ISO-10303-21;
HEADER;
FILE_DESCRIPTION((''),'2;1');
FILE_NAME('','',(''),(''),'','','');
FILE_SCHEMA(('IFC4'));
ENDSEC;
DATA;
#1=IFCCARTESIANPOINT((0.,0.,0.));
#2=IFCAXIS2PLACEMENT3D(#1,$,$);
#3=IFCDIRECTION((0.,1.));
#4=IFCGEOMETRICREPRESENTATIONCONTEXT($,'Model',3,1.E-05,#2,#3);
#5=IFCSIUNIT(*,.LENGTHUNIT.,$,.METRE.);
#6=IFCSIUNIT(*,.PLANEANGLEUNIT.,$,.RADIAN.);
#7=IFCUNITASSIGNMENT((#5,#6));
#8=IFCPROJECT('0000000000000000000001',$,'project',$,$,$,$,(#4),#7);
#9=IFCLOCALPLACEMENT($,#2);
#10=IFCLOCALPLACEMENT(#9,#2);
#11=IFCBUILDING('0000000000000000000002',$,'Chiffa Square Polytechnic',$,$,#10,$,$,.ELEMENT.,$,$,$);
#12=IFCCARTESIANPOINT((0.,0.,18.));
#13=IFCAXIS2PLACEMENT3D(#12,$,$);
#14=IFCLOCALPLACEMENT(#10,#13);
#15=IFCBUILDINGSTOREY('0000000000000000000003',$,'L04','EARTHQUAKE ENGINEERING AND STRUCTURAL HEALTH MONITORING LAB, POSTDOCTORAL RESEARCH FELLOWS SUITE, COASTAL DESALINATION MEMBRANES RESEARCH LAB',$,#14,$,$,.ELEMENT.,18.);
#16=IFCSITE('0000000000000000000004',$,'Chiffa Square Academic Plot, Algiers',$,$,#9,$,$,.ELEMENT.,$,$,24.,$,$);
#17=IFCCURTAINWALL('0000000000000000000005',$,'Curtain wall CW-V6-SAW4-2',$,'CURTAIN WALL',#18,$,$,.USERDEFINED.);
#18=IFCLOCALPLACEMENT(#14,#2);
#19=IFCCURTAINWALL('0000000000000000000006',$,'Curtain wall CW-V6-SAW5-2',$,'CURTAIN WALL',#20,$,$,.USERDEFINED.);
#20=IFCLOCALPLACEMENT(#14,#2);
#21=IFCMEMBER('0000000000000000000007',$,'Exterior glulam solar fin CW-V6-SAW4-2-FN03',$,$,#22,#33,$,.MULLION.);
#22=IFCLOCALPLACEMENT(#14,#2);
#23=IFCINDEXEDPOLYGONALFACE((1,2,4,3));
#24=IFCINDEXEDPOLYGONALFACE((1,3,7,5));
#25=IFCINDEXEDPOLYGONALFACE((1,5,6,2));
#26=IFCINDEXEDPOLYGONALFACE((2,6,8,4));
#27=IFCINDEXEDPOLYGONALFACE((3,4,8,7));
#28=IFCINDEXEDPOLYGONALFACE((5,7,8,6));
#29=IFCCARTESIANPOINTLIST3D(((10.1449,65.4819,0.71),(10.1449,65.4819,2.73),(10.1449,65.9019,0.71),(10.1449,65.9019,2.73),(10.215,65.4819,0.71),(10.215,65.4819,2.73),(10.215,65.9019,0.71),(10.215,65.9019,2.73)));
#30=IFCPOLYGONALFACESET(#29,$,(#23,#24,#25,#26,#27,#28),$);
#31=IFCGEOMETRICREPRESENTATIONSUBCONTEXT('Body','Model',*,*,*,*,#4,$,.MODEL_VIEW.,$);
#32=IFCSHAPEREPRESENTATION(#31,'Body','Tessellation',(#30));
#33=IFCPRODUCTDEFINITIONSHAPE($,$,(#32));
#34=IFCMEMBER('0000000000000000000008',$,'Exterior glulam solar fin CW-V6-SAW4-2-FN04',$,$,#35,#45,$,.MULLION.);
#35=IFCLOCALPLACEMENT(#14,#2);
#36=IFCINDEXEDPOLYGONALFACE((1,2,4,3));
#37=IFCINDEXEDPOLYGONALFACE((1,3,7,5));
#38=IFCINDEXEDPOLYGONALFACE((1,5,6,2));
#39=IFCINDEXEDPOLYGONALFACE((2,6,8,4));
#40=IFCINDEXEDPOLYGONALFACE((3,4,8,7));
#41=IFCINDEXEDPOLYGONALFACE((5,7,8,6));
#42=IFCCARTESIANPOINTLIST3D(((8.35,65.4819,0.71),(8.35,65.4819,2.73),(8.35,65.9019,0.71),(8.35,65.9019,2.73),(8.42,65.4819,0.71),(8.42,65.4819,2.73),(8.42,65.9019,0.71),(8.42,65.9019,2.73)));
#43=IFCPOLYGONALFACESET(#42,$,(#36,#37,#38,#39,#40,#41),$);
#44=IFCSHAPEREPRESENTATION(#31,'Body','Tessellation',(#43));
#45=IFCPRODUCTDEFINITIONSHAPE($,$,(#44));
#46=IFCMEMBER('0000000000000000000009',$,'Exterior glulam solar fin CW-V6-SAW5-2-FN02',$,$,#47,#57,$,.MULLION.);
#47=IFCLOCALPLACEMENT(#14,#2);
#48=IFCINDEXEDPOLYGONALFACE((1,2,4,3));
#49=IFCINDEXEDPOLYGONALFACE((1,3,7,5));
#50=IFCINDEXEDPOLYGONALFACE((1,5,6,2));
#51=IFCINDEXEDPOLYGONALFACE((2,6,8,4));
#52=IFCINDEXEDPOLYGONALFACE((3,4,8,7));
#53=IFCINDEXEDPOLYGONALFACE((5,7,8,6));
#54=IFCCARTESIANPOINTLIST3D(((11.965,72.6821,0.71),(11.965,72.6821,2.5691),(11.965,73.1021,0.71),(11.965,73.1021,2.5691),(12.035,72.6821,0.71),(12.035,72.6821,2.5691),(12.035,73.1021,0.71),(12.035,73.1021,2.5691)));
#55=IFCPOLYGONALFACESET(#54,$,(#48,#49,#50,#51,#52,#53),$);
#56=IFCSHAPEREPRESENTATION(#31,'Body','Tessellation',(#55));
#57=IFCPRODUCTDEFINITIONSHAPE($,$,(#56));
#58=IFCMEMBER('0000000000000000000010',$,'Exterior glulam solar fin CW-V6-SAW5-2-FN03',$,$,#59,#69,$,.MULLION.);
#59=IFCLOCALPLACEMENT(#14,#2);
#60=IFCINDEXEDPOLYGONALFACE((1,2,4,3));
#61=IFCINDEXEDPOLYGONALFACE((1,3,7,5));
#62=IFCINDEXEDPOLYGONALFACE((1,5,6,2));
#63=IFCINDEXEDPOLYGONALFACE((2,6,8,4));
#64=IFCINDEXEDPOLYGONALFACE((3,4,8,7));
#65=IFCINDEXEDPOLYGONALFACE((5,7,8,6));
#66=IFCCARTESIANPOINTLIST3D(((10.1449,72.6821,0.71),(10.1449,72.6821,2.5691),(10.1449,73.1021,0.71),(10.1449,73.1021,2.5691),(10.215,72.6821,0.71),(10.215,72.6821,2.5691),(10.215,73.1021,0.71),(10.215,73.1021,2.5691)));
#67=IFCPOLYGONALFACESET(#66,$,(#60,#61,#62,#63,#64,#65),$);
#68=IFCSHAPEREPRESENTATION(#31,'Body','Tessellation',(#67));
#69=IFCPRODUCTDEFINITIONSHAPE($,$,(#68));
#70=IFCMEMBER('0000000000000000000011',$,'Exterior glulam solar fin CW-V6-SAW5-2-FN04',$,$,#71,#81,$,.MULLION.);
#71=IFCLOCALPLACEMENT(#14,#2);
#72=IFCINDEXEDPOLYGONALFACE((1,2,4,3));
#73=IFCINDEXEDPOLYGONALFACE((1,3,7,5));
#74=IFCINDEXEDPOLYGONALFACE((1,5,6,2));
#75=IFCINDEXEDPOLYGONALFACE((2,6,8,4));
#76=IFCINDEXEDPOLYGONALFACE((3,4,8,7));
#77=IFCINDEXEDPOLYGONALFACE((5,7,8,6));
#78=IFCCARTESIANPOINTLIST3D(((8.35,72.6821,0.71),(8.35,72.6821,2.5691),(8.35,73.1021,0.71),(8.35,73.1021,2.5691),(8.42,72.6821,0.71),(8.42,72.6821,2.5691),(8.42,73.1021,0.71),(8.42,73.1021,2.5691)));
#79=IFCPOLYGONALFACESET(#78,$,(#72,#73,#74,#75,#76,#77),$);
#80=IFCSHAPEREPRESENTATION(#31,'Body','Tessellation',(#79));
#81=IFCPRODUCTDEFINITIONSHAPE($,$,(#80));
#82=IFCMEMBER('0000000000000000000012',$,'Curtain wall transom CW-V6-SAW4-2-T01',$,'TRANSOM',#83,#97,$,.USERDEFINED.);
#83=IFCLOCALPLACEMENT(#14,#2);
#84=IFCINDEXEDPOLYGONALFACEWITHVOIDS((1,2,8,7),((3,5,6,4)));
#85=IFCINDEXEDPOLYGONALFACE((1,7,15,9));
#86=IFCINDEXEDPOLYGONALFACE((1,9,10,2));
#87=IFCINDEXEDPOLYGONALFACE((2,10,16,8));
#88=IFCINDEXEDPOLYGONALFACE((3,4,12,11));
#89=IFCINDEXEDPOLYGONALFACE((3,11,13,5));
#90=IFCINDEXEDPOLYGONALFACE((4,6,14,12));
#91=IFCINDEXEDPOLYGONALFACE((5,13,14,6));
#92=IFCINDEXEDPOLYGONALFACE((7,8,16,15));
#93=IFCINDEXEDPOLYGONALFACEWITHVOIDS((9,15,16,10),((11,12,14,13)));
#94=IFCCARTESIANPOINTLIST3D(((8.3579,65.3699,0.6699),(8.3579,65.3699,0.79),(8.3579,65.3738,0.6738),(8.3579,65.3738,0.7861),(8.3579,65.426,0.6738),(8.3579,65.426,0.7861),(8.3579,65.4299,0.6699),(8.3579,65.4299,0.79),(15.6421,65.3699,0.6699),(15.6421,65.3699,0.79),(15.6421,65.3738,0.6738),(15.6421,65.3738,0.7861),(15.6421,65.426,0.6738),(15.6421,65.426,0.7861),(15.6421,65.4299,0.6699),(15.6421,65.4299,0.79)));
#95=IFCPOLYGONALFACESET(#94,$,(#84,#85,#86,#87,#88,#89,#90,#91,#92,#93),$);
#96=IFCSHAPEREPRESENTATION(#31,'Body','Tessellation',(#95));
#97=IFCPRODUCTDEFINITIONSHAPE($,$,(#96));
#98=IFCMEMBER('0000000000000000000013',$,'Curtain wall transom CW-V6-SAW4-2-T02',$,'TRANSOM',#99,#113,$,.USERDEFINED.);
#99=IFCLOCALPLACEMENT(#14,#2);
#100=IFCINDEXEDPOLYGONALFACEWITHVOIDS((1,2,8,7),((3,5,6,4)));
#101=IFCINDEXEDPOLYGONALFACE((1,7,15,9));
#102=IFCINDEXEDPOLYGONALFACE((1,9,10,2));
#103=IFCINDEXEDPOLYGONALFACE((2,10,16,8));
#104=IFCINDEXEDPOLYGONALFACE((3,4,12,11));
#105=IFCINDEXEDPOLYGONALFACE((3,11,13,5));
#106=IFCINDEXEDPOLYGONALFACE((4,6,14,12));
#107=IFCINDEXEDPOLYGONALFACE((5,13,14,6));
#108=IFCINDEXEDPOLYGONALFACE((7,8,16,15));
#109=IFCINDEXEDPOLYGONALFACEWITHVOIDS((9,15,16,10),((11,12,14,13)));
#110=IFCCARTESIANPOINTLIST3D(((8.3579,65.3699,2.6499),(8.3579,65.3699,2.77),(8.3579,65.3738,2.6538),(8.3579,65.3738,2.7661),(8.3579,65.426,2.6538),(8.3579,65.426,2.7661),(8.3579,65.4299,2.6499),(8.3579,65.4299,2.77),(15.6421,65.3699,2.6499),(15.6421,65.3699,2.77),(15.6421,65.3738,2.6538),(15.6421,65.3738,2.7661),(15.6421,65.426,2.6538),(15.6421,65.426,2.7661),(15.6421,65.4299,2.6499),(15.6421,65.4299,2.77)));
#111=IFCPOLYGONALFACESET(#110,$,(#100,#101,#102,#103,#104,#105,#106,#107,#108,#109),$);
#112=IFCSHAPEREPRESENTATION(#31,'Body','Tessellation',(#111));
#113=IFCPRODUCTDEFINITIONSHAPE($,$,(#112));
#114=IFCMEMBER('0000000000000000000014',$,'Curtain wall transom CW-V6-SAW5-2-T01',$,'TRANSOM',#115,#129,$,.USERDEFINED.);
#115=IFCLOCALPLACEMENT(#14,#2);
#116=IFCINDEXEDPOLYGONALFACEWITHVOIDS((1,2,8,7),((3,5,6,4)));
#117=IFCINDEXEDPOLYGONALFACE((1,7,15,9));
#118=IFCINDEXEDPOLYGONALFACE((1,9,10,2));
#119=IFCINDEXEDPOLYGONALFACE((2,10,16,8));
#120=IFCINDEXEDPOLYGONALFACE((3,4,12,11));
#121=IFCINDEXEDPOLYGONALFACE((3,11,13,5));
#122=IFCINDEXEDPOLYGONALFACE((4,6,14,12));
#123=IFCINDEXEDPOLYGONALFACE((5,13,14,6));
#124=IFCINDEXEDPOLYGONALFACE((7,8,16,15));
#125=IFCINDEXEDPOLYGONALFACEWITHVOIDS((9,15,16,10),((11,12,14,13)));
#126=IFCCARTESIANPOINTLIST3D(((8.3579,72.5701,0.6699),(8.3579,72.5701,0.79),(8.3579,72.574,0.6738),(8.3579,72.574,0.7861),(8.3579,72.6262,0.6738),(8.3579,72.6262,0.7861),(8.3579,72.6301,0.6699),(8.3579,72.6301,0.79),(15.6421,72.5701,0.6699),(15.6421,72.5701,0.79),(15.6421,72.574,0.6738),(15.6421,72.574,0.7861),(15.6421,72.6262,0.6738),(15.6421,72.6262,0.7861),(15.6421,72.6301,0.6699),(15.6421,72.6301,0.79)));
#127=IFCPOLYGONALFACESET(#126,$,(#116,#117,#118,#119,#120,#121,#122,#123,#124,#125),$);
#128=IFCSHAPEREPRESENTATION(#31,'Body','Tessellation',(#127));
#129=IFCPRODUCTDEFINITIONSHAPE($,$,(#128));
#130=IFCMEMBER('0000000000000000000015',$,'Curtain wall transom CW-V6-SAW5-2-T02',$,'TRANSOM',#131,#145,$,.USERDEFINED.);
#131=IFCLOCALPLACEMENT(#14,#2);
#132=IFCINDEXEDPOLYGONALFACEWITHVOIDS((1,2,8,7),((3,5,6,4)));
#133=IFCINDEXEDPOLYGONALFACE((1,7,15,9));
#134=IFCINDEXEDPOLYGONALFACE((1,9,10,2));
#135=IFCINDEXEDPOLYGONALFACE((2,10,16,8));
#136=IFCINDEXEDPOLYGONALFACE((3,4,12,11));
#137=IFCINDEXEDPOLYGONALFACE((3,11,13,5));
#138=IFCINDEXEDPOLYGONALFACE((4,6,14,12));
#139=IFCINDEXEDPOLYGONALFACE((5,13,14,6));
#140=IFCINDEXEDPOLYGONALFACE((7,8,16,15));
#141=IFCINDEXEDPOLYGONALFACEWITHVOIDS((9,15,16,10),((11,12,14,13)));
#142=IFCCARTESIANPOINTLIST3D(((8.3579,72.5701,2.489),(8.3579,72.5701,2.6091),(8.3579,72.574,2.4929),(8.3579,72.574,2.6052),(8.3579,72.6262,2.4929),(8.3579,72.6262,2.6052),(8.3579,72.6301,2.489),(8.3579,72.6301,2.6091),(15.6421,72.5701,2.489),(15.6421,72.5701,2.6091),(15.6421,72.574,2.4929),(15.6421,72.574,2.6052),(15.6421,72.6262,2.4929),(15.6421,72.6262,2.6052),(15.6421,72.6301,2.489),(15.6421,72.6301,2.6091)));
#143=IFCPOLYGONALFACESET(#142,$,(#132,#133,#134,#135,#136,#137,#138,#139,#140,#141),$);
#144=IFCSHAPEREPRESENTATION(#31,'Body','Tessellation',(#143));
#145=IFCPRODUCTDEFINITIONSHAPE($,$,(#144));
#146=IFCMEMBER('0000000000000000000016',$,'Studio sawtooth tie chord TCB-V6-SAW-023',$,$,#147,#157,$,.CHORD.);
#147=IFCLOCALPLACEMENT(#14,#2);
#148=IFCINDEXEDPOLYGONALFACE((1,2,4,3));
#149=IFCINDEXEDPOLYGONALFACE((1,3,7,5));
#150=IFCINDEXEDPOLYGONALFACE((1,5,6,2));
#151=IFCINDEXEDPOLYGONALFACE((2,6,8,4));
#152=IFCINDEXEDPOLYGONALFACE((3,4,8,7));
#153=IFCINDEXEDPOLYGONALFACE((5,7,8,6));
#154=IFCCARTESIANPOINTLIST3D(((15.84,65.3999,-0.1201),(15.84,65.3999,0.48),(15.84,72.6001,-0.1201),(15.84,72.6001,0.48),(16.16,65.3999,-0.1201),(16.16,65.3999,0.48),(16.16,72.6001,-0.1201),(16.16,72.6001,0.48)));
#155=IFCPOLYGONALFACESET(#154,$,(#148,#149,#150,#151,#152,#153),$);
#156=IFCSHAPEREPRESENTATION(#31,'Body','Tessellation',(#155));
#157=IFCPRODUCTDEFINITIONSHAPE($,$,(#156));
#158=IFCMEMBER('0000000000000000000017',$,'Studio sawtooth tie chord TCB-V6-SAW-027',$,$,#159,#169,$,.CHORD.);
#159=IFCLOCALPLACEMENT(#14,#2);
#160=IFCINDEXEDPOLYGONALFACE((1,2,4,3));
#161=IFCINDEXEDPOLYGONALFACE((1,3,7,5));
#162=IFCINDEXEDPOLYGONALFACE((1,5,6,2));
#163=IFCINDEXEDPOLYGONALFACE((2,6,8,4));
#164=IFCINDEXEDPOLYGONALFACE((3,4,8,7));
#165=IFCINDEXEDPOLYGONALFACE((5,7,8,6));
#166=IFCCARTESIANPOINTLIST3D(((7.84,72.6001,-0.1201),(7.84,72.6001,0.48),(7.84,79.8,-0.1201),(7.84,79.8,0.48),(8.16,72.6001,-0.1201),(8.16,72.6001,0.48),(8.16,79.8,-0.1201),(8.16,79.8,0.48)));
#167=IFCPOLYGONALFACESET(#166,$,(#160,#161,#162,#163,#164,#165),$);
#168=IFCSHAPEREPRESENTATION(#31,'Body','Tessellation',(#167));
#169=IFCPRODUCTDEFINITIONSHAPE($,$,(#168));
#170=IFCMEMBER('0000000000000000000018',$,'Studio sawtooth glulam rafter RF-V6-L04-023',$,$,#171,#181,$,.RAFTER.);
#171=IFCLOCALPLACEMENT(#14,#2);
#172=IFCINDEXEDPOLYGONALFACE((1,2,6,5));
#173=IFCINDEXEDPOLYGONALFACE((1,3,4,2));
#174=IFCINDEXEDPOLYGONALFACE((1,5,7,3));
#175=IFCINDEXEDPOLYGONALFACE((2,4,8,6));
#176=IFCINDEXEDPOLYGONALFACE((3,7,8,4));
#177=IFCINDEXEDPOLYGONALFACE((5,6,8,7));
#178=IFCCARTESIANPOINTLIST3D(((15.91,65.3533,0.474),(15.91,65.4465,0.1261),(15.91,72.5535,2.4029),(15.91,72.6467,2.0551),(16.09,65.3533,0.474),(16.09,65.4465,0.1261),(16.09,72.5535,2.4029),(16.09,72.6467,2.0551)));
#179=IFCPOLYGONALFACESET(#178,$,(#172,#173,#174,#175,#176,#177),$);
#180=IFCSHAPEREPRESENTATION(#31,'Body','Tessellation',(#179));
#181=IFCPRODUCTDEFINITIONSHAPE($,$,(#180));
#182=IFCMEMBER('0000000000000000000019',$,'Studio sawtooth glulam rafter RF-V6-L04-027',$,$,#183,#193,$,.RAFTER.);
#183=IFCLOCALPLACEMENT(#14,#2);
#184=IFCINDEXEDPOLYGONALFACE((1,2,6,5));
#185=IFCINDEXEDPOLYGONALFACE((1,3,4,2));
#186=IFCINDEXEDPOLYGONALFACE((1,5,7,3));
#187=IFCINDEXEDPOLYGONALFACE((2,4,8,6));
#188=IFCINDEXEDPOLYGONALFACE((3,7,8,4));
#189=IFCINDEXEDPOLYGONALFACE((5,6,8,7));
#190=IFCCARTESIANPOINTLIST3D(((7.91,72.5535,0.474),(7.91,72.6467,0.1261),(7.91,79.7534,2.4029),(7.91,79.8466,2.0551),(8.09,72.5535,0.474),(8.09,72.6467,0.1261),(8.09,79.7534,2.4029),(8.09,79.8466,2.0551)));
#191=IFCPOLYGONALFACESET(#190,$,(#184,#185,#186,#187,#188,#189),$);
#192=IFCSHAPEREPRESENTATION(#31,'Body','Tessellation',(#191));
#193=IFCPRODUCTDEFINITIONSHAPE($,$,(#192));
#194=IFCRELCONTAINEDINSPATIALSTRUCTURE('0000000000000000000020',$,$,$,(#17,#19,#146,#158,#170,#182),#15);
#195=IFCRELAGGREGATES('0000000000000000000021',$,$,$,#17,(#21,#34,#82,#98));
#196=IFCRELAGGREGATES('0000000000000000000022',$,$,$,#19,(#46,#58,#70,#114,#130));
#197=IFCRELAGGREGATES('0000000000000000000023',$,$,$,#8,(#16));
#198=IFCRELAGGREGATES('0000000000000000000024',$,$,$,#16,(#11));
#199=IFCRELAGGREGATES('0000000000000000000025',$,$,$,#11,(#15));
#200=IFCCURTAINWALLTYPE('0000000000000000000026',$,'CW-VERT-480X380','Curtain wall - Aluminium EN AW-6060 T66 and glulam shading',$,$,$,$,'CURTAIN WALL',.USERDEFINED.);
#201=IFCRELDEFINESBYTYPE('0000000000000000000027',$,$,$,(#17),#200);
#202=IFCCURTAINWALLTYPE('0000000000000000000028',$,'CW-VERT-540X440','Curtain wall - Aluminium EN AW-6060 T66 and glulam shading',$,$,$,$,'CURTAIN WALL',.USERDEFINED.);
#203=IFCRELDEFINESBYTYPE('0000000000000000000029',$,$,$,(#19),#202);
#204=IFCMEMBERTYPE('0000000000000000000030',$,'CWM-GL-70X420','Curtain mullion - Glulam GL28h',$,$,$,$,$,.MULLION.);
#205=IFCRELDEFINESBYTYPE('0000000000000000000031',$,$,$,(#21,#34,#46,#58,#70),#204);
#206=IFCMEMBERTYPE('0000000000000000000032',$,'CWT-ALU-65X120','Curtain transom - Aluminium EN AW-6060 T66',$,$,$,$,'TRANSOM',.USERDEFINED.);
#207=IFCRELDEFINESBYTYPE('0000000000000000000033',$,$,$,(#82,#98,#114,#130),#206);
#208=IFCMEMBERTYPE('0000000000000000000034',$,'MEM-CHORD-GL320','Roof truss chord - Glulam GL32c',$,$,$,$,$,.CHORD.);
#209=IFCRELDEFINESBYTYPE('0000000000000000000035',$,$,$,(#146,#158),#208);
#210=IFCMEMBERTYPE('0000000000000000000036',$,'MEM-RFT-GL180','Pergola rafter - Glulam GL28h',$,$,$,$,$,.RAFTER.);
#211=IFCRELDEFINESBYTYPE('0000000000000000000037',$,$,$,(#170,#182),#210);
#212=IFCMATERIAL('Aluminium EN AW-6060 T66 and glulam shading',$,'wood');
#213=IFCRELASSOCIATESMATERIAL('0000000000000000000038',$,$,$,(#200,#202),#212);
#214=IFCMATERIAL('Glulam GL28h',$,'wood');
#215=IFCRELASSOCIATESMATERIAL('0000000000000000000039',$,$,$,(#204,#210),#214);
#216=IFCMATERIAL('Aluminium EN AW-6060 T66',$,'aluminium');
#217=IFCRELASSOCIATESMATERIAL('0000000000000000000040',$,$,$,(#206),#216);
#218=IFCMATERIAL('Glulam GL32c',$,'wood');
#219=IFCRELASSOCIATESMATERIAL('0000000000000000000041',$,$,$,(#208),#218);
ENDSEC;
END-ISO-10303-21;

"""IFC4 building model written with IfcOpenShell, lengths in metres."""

from ifc_helpers import new_model, si_unit, direction, frame, origin, origin_2d, place, context, subcontext, project, spatial, rectangle, hollow_rectangle, extrude, material, material_profile, profile_set, type_object, element, aggregate, save


model = new_model("IFC4")

# Units and contexts
model_context = context("Model", 3, precision=1e-05, world=origin(), true_north=direction((0.0, 1.0)))
body_context = subcontext(model_context, "Body", "Model", "MODEL_VIEW")
ifc_project = project(units=[si_unit("LENGTHUNIT", "METRE"), si_unit("PLANEANGLEUNIT", "RADIAN")], contexts=[model_context])

# Site, building, storey
site_placement = place(None, origin())
site = spatial("IfcSite", under=ifc_project, at=site_placement, Name="Chiffa Square Academic Plot, Algiers", CompositionType="ELEMENT", RefElevation=24.0)
building_placement = place(site_placement, origin())
building = spatial("IfcBuilding", under=site, at=building_placement, Name="Chiffa Square Polytechnic", CompositionType="ELEMENT")
storey_placement = place(building_placement, frame((0.0, 0.0, 18.0)))
storey = spatial("IfcBuildingStorey", under=building, at=storey_placement, Name="L04", Description="EARTHQUAKE ENGINEERING AND STRUCTURAL HEALTH MONITORING LAB, POSTDOCTORAL RESEARCH FELLOWS SUITE, COASTAL DESALINATION MEMBRANES RESEARCH LAB", CompositionType="ELEMENT", Elevation=18.0)

# Shared definitions
ifc_material_1 = material(Name="Glulam GL32c", Category="wood")

# Curtain walls
ifc_material_2 = material(Name="Aluminium EN AW-6060 T66 and glulam shading", Category="wood")
curtain_wall_type_1 = type_object("IfcCurtainWallType", Name="CW-VERT-480X380", Description="Curtain wall - Aluminium EN AW-6060 T66 and glulam shading", ElementType="CURTAIN WALL", PredefinedType="USERDEFINED", material=ifc_material_2)
curtain_wall_1_placement = place(storey_placement, origin())
curtain_wall_1 = element("IfcCurtainWall", 1, at=curtain_wall_1_placement, inside=storey, type_object=curtain_wall_type_1, Name="Curtain wall CW-V6-SAW4-2", ObjectType="CURTAIN WALL", PredefinedType="USERDEFINED")
ifc_material_3 = material(Name="Aluminium EN AW-6060 T66", Category="aluminium")
curtain_wall_type_2 = type_object("IfcCurtainWallType", Name="CW-VERT-540X440", Description="Curtain wall - Aluminium EN AW-6060 T66 and glulam shading", ElementType="CURTAIN WALL", PredefinedType="USERDEFINED", material=ifc_material_2)
curtain_wall_2_placement = place(storey_placement, origin())
curtain_wall_2 = element("IfcCurtainWall", 2, at=curtain_wall_2_placement, inside=storey, type_object=curtain_wall_type_2, Name="Curtain wall CW-V6-SAW5-2", ObjectType="CURTAIN WALL", PredefinedType="USERDEFINED")

# Members
ifc_material_4 = material(Name="Glulam GL28h", Category="wood")
ifc_material_profile_1 = material_profile(ifc_material_4, rectangle(XDim=0.0701, YDim=0.4199, at=origin_2d()), Name="GL28h 70x420")
ifc_profile_set_1 = profile_set([ifc_material_profile_1], Name="Glulam GL28h")
member_type_1 = type_object("IfcMemberType", Name="CWM-GL-70X420", Description="Curtain mullion - Glulam GL28h", PredefinedType="MULLION", material=ifc_profile_set_1)
member_1_placement = place(storey_placement, frame((10.1799, 65.6919, 0.71), z_axis=(0.0, 0.0, 1.0), x_axis=(-1.0, 0.0, 0.0)))
member_1 = element("IfcMember", 3, at=member_1_placement, type_object=member_type_1, Name="Exterior glulam solar fin CW-V6-SAW4-2-FN03", PredefinedType="MULLION", context=body_context, shape_type="SweptSolid", body=[
    extrude(rectangle(XDim=0.0701, YDim=0.4199, at=origin_2d()), origin(), (0.0, 0.0, 1.0), 2.02),
])
member_2_placement = place(storey_placement, frame((8.385, 65.6919, 0.71), z_axis=(0.0, 0.0, 1.0), x_axis=(-1.0, 0.0, 0.0)))
member_2 = element("IfcMember", 4, at=member_2_placement, type_object=member_type_1, Name="Exterior glulam solar fin CW-V6-SAW4-2-FN04", PredefinedType="MULLION", context=body_context, shape_type="SweptSolid", body=[
    extrude(rectangle(XDim=0.0701, YDim=0.4199, at=origin_2d()), origin(), (0.0, 0.0, 1.0), 2.02),
])
member_3_placement = place(storey_placement, frame((12.0, 72.8921, 0.71), z_axis=(0.0, 0.0, 1.0), x_axis=(-1.0, 0.0, 0.0)))
member_3 = element("IfcMember", 5, at=member_3_placement, type_object=member_type_1, Name="Exterior glulam solar fin CW-V6-SAW5-2-FN02", PredefinedType="MULLION", context=body_context, shape_type="SweptSolid", body=[
    extrude(rectangle(XDim=0.0701, YDim=0.4199, at=origin_2d()), origin(), (0.0, 0.0, 1.0), 1.8591),
])
member_4_placement = place(storey_placement, frame((10.1799, 72.8921, 0.71), z_axis=(0.0, 0.0, 1.0), x_axis=(-1.0, 0.0, 0.0)))
member_4 = element("IfcMember", 6, at=member_4_placement, type_object=member_type_1, Name="Exterior glulam solar fin CW-V6-SAW5-2-FN03", PredefinedType="MULLION", context=body_context, shape_type="SweptSolid", body=[
    extrude(rectangle(XDim=0.0701, YDim=0.4199, at=origin_2d()), origin(), (0.0, 0.0, 1.0), 1.8591),
])
member_5_placement = place(storey_placement, frame((8.385, 72.8921, 0.71), z_axis=(0.0, 0.0, 1.0), x_axis=(-1.0, 0.0, 0.0)))
member_5 = element("IfcMember", 7, at=member_5_placement, type_object=member_type_1, Name="Exterior glulam solar fin CW-V6-SAW5-2-FN04", PredefinedType="MULLION", context=body_context, shape_type="SweptSolid", body=[
    extrude(rectangle(XDim=0.0701, YDim=0.4199, at=origin_2d()), origin(), (0.0, 0.0, 1.0), 1.8591),
])
ifc_material_profile_2 = material_profile(ifc_material_3, hollow_rectangle(XDim=0.0601, YDim=0.1201, WallThickness=0.0039, at=origin_2d()), Name="ALU 60x120x4")
ifc_profile_set_2 = profile_set([ifc_material_profile_2], Name="Aluminium EN AW-6060 T66")
member_type_2 = type_object("IfcMemberType", Name="CWT-ALU-65X120", Description="Curtain transom - Aluminium EN AW-6060 T66", ElementType="TRANSOM", PredefinedType="USERDEFINED", material=ifc_profile_set_2)
member_6_placement = place(storey_placement, frame((15.6421, 65.3999, 0.73), z_axis=(-1.0, 0.0, 0.0), x_axis=(0.0, -1.0, 0.0)))
member_6 = element("IfcMember", 8, at=member_6_placement, type_object=member_type_2, Name="Curtain wall transom CW-V6-SAW4-2-T01", ObjectType="TRANSOM", PredefinedType="USERDEFINED", context=body_context, shape_type="SweptSolid", body=[
    extrude(hollow_rectangle(XDim=0.0601, YDim=0.1201, WallThickness=0.0039, at=origin_2d()), origin(), (0.0, 0.0, 1.0), 7.2842),
])
member_7_placement = place(storey_placement, frame((15.6421, 65.3999, 2.71), z_axis=(-1.0, 0.0, 0.0), x_axis=(0.0, -1.0, 0.0)))
member_7 = element("IfcMember", 9, at=member_7_placement, type_object=member_type_2, Name="Curtain wall transom CW-V6-SAW4-2-T02", ObjectType="TRANSOM", PredefinedType="USERDEFINED", context=body_context, shape_type="SweptSolid", body=[
    extrude(hollow_rectangle(XDim=0.0601, YDim=0.1201, WallThickness=0.0039, at=origin_2d()), origin(), (0.0, 0.0, 1.0), 7.2842),
])
member_8_placement = place(storey_placement, frame((15.6421, 72.6001, 0.73), z_axis=(-1.0, 0.0, 0.0), x_axis=(0.0, -1.0, 0.0)))
member_8 = element("IfcMember", 10, at=member_8_placement, type_object=member_type_2, Name="Curtain wall transom CW-V6-SAW5-2-T01", ObjectType="TRANSOM", PredefinedType="USERDEFINED", context=body_context, shape_type="SweptSolid", body=[
    extrude(hollow_rectangle(XDim=0.0601, YDim=0.1201, WallThickness=0.0039, at=origin_2d()), origin(), (0.0, 0.0, 1.0), 7.2842),
])
member_9_placement = place(storey_placement, frame((15.6421, 72.6001, 2.5491), z_axis=(-1.0, 0.0, 0.0), x_axis=(0.0, -1.0, 0.0)))
member_9 = element("IfcMember", 11, at=member_9_placement, type_object=member_type_2, Name="Curtain wall transom CW-V6-SAW5-2-T02", ObjectType="TRANSOM", PredefinedType="USERDEFINED", context=body_context, shape_type="SweptSolid", body=[
    extrude(hollow_rectangle(XDim=0.0601, YDim=0.1201, WallThickness=0.0039, at=origin_2d()), origin(), (0.0, 0.0, 1.0), 7.2842),
])

# Members
ifc_material_profile_3 = material_profile(ifc_material_1, rectangle(XDim=0.3201, YDim=0.6001, at=origin_2d()), Name="GL32c 320x600")
ifc_profile_set_3 = profile_set([ifc_material_profile_3], Name="Glulam GL32c")
member_type_3 = type_object("IfcMemberType", Name="MEM-CHORD-GL320", Description="Roof truss chord - Glulam GL32c", PredefinedType="CHORD", material=ifc_profile_set_3)
member_10_placement = place(storey_placement, frame((16.0, 65.3999, 0.1799), z_axis=(0.0, 1.0, 0.0), x_axis=(-1.0, 0.0, 0.0)))
element("IfcMember", 12, at=member_10_placement, inside=storey, type_object=member_type_3, Name="Studio sawtooth tie chord TCB-V6-SAW-023", PredefinedType="CHORD", context=body_context, shape_type="SweptSolid", body=[
    extrude(rectangle(XDim=0.3201, YDim=0.6001, at=origin_2d()), origin(), (0.0, 0.0, 1.0), 7.2002),
])
member_11_placement = place(storey_placement, frame((8.0, 72.6001, 0.1799), z_axis=(0.0, 1.0, 0.0), x_axis=(-1.0, 0.0, 0.0)))
element("IfcMember", 13, at=member_11_placement, inside=storey, type_object=member_type_3, Name="Studio sawtooth tie chord TCB-V6-SAW-027", PredefinedType="CHORD", context=body_context, shape_type="SweptSolid", body=[
    extrude(rectangle(XDim=0.3201, YDim=0.6001, at=origin_2d()), origin(), (0.0, 0.0, 1.0), 7.2),
])
ifc_material_profile_4 = material_profile(ifc_material_4, rectangle(XDim=0.1799, YDim=0.3601, at=origin_2d()), Name="GL28h 180x360")
ifc_profile_set_4 = profile_set([ifc_material_profile_4], Name="Glulam GL28h")
member_type_4 = type_object("IfcMemberType", Name="MEM-RFT-GL180", Description="Pergola rafter - Glulam GL28h", PredefinedType="RAFTER", material=ifc_profile_set_4)
member_12_placement = place(storey_placement, frame((16.0, 65.3999, 0.3), z_axis=(0.0, 0.965937, 0.258778), x_axis=(-1.0, 0.0, 0.0)))
element("IfcMember", 14, at=member_12_placement, inside=storey, type_object=member_type_4, Name="Studio sawtooth glulam rafter RF-V6-L04-023", PredefinedType="RAFTER", context=body_context, shape_type="SweptSolid", body=[
    extrude(rectangle(XDim=0.1799, YDim=0.3601, at=origin_2d()), origin(), (0.0, 0.0, 1.0), 7.4541),
])
member_13_placement = place(storey_placement, frame((8.0, 72.6001, 0.3), z_axis=(0.0, 0.965935, 0.258786), x_axis=(-1.0, 0.0, 0.0)))
element("IfcMember", 15, at=member_13_placement, inside=storey, type_object=member_type_4, Name="Studio sawtooth glulam rafter RF-V6-L04-027", PredefinedType="RAFTER", context=body_context, shape_type="SweptSolid", body=[
    extrude(rectangle(XDim=0.1799, YDim=0.3601, at=origin_2d()), origin(), (0.0, 0.0, 1.0), 7.4539),
])

aggregate(curtain_wall_1, [member_1, member_2, member_6, member_7])
aggregate(curtain_wall_2, [member_3, member_4, member_5, member_8, member_9])

save(model, "model.ifc")
